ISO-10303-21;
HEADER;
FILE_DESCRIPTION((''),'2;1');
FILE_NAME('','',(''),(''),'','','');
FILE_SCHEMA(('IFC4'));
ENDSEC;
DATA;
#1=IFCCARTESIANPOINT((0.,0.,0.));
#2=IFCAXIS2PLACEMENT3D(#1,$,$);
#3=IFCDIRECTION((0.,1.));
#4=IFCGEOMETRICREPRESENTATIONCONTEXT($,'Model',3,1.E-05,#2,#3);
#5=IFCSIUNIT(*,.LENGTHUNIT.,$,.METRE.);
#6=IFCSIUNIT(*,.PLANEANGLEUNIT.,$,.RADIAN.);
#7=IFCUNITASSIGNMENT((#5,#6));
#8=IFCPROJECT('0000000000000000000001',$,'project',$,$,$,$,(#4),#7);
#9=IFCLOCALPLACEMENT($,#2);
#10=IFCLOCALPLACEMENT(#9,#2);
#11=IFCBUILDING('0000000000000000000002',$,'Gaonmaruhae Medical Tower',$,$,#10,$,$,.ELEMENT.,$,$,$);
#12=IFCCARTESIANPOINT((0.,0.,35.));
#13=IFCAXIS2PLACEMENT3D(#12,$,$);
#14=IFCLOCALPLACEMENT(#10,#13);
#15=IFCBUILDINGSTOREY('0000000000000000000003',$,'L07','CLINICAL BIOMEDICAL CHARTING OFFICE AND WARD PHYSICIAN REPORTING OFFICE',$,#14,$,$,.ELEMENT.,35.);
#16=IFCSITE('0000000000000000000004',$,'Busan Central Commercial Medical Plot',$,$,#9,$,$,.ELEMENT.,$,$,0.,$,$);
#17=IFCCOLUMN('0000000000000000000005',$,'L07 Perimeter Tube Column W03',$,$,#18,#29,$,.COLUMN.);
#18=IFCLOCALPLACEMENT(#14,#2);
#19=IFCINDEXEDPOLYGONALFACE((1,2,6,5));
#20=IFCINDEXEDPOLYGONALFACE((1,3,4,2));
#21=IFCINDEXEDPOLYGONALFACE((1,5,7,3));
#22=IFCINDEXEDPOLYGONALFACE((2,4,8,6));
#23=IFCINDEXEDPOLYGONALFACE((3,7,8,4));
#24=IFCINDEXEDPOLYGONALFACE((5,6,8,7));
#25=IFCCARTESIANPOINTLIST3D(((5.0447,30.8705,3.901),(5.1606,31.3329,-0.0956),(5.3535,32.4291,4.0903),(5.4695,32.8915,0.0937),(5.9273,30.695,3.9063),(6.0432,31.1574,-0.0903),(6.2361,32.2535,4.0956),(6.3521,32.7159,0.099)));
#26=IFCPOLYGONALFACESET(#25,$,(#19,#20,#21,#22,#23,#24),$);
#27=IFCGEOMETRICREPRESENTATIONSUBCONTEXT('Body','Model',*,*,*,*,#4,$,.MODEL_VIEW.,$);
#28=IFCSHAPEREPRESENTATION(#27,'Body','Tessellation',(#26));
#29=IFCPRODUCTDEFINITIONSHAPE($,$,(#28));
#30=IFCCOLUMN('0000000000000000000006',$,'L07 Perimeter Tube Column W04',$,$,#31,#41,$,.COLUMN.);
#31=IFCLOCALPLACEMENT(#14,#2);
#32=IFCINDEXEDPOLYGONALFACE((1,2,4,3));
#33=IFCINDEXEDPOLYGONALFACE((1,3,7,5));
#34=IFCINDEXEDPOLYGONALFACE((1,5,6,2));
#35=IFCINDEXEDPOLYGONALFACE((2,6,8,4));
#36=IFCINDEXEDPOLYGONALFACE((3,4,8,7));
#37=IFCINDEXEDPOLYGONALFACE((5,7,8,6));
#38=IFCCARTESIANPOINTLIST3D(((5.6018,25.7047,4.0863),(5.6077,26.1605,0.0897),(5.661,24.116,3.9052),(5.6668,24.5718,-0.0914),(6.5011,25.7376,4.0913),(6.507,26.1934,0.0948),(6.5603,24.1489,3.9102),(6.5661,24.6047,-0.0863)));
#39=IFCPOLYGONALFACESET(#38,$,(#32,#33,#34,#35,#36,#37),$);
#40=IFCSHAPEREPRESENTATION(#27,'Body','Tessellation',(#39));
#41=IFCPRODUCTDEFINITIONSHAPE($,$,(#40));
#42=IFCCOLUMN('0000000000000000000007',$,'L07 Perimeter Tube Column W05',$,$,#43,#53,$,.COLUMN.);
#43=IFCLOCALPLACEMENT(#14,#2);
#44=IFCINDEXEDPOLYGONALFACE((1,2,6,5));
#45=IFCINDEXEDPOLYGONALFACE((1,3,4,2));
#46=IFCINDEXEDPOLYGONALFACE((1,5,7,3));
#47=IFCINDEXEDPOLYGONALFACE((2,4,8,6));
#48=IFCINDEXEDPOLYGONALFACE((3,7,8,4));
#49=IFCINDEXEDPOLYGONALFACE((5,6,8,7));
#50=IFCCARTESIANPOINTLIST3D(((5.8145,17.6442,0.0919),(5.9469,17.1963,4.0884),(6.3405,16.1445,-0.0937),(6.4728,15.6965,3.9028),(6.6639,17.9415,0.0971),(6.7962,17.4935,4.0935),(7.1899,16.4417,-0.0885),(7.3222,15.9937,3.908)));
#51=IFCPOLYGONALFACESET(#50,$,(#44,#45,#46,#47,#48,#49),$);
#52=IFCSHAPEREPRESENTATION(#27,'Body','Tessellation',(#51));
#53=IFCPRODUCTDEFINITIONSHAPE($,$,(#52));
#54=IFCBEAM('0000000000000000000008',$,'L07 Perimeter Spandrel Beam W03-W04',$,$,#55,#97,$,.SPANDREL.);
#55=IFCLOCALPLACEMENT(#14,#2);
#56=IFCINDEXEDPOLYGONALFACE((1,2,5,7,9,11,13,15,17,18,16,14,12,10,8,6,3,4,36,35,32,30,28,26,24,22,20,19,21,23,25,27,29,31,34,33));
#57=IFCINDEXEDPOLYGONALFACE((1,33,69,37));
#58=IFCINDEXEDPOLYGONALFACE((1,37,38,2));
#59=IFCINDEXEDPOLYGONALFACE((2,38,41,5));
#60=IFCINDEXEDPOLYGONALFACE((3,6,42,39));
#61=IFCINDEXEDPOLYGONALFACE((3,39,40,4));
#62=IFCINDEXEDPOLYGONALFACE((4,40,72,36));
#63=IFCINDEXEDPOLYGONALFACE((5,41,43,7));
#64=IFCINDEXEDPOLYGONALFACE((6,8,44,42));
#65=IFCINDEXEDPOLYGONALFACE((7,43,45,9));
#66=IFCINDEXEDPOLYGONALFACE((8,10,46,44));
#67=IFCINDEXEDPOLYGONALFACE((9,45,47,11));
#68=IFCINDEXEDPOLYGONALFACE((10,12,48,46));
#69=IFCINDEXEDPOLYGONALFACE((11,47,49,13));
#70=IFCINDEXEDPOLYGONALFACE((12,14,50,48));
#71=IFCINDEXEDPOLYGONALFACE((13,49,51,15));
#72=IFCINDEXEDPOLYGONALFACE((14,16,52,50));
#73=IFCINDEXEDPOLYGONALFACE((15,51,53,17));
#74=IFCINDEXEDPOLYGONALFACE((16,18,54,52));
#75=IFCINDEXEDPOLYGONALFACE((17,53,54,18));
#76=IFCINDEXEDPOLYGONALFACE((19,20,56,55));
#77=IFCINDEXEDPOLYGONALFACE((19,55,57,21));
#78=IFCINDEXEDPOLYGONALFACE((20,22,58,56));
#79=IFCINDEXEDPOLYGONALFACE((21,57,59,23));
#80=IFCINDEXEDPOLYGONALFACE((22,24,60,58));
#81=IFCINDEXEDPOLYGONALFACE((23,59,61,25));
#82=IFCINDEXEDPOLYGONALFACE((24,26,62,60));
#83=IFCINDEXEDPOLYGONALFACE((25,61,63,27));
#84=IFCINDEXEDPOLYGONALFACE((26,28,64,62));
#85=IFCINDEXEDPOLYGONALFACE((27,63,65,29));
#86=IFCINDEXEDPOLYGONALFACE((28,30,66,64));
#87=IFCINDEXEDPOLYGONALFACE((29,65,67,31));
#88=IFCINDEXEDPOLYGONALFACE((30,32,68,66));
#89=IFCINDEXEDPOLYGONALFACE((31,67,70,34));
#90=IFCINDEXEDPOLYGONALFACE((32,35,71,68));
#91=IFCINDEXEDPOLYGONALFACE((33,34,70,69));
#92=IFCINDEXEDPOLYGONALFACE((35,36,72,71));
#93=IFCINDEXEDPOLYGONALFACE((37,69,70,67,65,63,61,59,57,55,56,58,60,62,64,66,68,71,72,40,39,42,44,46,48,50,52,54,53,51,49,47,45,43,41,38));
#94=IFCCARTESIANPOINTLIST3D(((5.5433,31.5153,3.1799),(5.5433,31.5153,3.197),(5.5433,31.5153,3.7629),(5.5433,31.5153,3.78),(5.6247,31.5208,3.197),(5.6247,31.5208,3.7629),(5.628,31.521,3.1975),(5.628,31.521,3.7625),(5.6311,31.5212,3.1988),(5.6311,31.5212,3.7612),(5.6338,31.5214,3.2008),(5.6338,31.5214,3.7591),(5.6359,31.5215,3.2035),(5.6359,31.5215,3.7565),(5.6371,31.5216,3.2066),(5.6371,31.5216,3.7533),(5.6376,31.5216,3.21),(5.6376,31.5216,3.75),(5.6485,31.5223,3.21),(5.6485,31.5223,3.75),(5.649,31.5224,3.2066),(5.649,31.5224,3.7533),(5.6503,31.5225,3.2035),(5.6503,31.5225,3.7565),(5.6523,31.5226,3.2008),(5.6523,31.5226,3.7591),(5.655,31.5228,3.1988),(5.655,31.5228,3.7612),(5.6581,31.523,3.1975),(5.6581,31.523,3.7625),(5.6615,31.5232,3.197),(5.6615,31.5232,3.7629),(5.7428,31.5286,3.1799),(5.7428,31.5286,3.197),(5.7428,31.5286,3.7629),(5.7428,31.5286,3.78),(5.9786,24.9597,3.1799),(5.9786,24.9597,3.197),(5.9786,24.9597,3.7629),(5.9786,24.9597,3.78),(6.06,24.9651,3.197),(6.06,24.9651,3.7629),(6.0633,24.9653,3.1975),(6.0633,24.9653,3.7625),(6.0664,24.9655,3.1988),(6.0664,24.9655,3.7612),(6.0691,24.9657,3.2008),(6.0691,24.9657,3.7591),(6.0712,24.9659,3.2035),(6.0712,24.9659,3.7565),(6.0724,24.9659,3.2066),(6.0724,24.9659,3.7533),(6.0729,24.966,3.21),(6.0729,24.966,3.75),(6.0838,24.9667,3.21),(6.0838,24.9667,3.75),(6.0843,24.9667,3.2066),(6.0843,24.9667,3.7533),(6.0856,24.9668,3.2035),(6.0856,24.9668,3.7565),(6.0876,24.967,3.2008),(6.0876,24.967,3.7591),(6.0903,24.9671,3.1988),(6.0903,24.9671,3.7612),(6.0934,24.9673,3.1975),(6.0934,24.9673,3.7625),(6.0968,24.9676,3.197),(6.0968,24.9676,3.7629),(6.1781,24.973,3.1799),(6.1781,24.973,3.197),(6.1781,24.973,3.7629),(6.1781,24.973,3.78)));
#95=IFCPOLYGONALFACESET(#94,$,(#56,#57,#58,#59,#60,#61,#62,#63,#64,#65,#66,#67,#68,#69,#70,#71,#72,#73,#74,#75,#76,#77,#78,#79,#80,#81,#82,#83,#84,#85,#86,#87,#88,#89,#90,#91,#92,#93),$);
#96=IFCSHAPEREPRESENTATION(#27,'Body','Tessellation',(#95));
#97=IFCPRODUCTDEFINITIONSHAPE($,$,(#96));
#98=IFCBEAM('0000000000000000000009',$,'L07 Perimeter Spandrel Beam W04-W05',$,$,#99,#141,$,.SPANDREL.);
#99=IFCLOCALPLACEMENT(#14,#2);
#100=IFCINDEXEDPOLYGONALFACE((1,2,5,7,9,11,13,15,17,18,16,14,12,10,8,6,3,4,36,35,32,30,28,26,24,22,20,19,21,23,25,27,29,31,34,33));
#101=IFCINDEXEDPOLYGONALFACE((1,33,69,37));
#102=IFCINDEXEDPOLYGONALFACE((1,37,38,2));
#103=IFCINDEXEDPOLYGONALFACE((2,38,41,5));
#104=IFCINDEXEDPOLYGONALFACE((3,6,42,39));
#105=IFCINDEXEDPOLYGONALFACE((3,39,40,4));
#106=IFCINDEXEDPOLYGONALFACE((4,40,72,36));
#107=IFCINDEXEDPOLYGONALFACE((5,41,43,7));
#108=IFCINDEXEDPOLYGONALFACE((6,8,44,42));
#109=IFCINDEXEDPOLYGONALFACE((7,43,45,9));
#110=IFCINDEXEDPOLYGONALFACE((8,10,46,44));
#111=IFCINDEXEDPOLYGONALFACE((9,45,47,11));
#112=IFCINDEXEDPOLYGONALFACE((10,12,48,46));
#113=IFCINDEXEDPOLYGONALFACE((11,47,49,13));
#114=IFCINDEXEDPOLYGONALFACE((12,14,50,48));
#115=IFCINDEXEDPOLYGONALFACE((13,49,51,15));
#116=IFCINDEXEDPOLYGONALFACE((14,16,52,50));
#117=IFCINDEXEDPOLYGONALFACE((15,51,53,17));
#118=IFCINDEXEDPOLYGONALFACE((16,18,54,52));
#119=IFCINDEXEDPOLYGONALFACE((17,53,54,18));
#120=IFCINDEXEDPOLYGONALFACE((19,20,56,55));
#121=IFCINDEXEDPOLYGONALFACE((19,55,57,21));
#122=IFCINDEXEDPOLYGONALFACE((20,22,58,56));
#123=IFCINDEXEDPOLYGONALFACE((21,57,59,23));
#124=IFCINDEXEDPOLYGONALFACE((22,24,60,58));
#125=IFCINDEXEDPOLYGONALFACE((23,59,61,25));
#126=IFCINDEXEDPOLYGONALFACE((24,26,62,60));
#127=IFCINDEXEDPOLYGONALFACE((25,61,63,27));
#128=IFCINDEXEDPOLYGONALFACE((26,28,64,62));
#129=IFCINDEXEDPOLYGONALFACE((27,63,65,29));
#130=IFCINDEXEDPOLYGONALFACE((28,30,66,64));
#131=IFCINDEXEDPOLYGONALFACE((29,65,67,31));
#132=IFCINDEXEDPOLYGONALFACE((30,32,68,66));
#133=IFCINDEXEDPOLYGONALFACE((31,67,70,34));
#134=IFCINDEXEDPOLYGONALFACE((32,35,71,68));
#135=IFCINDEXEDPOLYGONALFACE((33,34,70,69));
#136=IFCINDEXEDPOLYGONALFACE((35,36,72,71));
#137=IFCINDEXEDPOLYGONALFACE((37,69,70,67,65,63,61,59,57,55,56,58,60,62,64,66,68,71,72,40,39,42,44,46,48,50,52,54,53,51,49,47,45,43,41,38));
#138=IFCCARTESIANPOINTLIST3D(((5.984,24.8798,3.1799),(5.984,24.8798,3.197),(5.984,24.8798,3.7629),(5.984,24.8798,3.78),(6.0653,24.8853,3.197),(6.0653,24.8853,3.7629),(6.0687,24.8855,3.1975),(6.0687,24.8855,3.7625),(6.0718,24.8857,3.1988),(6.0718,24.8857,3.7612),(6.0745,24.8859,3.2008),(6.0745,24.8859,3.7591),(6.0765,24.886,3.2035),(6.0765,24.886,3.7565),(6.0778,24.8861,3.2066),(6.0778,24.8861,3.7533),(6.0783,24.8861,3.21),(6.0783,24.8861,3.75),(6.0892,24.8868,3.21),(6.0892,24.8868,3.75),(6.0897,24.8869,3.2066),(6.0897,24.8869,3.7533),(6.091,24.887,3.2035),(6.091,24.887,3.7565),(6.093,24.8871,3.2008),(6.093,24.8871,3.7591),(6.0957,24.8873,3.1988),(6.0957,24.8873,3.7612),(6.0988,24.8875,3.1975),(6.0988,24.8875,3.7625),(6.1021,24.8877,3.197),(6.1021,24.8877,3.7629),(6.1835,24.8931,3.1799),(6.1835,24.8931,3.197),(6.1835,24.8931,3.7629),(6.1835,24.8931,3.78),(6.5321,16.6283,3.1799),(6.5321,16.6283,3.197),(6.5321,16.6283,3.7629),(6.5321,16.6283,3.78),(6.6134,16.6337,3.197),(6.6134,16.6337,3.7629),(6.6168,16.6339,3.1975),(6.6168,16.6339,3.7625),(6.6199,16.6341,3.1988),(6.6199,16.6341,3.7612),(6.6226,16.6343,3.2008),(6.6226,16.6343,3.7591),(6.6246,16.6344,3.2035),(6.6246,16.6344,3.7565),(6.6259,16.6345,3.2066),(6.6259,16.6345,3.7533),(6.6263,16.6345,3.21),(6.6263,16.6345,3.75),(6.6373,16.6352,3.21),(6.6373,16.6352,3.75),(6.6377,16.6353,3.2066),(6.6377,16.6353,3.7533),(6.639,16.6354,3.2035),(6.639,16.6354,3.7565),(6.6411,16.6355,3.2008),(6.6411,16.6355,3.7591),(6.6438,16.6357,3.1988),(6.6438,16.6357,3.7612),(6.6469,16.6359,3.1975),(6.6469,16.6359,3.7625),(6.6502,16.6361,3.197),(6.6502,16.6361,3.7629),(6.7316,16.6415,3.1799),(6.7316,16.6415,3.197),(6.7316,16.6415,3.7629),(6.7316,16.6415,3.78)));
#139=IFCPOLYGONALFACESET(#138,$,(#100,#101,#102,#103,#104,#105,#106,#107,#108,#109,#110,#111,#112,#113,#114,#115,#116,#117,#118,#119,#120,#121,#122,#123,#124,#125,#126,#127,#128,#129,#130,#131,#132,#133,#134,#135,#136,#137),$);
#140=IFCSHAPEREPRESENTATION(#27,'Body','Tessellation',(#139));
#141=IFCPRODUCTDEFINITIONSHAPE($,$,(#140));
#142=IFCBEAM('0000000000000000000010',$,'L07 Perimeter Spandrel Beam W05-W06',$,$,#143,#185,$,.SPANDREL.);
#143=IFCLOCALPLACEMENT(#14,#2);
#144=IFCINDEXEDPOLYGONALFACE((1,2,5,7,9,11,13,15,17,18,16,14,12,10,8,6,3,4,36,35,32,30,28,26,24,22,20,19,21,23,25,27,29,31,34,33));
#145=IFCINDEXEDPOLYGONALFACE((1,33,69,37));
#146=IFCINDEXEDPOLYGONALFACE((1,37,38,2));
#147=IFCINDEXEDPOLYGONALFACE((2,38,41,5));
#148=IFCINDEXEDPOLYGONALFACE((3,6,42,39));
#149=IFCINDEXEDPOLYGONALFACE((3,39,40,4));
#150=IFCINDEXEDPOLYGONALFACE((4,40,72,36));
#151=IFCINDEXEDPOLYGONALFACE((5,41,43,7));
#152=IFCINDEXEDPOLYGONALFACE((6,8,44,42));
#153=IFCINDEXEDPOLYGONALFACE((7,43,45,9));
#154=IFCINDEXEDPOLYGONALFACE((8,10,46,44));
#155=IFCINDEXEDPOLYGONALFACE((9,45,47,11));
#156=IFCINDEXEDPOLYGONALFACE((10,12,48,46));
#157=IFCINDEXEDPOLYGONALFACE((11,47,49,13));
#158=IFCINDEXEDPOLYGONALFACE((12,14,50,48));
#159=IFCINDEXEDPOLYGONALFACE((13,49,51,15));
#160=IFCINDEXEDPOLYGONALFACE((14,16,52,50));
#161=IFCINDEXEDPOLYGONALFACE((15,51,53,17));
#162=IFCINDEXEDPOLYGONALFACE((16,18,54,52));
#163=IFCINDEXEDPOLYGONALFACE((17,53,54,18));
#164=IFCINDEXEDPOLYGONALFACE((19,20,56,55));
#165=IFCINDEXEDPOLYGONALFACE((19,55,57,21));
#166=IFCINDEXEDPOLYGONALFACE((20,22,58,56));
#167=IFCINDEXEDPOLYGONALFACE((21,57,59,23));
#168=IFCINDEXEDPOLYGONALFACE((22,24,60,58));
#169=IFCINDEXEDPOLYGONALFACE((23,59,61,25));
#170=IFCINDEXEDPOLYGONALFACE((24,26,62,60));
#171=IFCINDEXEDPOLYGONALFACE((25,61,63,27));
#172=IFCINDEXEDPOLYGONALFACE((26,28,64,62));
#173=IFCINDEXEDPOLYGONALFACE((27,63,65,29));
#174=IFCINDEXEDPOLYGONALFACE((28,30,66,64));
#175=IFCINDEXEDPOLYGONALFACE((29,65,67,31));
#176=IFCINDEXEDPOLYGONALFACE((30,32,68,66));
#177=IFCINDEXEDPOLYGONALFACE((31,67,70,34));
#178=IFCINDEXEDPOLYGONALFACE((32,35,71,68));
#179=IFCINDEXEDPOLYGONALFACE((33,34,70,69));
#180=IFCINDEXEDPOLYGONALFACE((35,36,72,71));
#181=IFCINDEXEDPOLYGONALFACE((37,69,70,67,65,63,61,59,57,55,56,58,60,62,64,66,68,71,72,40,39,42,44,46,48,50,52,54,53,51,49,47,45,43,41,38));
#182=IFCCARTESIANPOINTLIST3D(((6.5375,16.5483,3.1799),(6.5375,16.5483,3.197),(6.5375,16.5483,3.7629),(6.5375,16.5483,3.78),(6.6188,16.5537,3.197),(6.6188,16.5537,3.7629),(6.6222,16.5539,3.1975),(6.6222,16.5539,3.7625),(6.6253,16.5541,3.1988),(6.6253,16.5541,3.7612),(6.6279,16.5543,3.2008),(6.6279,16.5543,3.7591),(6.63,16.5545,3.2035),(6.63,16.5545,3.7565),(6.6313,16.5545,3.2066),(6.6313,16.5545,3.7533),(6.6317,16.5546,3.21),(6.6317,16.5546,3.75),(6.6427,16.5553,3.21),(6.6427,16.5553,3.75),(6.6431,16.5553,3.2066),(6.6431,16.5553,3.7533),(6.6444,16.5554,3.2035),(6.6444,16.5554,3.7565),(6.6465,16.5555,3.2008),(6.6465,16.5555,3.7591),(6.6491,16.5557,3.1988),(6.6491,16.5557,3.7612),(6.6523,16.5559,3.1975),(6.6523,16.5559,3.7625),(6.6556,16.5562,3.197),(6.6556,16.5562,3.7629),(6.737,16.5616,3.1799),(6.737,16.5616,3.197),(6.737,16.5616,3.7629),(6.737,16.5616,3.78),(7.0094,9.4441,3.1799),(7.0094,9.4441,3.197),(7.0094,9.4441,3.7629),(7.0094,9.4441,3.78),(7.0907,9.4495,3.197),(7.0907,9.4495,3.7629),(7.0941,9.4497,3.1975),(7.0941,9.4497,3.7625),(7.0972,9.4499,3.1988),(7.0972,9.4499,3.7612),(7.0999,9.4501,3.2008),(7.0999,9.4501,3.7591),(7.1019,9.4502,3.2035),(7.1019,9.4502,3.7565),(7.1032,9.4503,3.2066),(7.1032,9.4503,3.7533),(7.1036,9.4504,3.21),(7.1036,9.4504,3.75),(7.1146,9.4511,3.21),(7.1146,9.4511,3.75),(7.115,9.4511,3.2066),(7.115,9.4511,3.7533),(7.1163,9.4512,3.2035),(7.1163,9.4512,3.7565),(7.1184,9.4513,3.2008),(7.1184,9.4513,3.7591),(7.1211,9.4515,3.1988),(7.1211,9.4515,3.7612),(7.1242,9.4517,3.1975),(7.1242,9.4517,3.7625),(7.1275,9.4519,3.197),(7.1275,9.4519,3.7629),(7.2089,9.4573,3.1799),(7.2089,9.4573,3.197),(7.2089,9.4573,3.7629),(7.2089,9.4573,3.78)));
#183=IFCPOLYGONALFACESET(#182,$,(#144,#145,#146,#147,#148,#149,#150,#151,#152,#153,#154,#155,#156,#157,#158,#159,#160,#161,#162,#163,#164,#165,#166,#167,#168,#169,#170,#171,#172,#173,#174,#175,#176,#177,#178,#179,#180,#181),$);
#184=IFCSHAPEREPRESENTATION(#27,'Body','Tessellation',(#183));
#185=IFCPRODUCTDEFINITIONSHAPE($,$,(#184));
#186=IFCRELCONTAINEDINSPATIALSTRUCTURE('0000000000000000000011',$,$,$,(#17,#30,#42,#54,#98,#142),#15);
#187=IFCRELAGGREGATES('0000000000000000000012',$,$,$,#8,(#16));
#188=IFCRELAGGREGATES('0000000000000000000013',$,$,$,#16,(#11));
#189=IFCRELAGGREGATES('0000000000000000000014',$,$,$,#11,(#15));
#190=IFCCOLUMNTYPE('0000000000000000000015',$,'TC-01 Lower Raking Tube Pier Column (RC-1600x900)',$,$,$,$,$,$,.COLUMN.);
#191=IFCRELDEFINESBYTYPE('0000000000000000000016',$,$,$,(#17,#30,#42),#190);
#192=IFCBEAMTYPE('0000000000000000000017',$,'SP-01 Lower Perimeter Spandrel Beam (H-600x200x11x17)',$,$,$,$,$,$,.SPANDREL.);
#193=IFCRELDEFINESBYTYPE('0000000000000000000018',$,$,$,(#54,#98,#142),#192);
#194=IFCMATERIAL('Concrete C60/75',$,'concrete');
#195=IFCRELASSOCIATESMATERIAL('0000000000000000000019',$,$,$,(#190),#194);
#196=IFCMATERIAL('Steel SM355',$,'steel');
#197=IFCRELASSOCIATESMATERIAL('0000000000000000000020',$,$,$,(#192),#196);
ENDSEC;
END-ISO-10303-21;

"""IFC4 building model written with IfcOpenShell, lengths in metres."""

from ifc_helpers import new_model, si_unit, direction, frame, origin, origin_2d, place, context, subcontext, project, spatial, rectangle, i_section, extrude, material, material_profile, profile_set, type_object, element, save


model = new_model("IFC4")

# Units and contexts
model_context = context("Model", 3, precision=1e-05, world=origin(), true_north=direction((0.0, 1.0)))
body_context = subcontext(model_context, "Body", "Model", "MODEL_VIEW")
ifc_project = project(units=[si_unit("LENGTHUNIT", "METRE"), si_unit("PLANEANGLEUNIT", "RADIAN")], contexts=[model_context])

# Site, building, storey
site_placement = place(None, origin())
site = spatial("IfcSite", under=ifc_project, at=site_placement, Name="Busan Central Commercial Medical Plot", CompositionType="ELEMENT", RefElevation=0.0)
building_placement = place(site_placement, origin())
building = spatial("IfcBuilding", under=site, at=building_placement, Name="Gaonmaruhae Medical Tower", CompositionType="ELEMENT")
storey_placement = place(building_placement, frame((0.0, 0.0, 35.0)))
storey = spatial("IfcBuildingStorey", under=building, at=storey_placement, Name="L07", Description="CLINICAL BIOMEDICAL CHARTING OFFICE AND WARD PHYSICIAN REPORTING OFFICE", CompositionType="ELEMENT", Elevation=35.0)

# Columns
ifc_material_1 = material(Name="Concrete C60/75", Category="concrete")
ifc_material_profile_1 = material_profile(ifc_material_1, rectangle(XDim=1.6001, YDim=0.8999, at=origin_2d()), Name="RC-1600x900")
ifc_profile_set_1 = profile_set([ifc_material_profile_1], Name="Concrete C60/75")
column_type = type_object("IfcColumnType", Name="TC-01 Lower Raking Tube Pier Column (RC-1600x900)", PredefinedType="COLUMN", material=ifc_profile_set_1)
column_1_placement = place(storey_placement, frame((5.7563, 32.0244, 0.0017), z_axis=(-0.028812, -0.114885, 0.992961), x_axis=(0.19302, 0.974038, 0.118296)))
element("IfcColumn", 1, at=column_1_placement, inside=storey, type_object=column_type, Name="L07 Perimeter Tube Column W03", PredefinedType="COLUMN", context=body_context, shape_type="SweptSolid", body=[
    extrude(rectangle(XDim=1.6001, YDim=0.8999, at=origin_2d()), origin(), (0.0, 0.0, 1.0), 4.0249),
])
column_2_placement = place(storey_placement, frame((6.0869, 25.3826, 0.0017), z_axis=(-0.001457, -0.113315, 0.993558), x_axis=(-0.036962, 0.992886, 0.113185)))
element("IfcColumn", 2, at=column_2_placement, inside=storey, type_object=column_type, Name="L07 Perimeter Tube Column W04", PredefinedType="COLUMN", context=body_context, shape_type="SweptSolid", body=[
    extrude(rectangle(XDim=1.6001, YDim=0.8999, at=origin_2d()), origin(), (0.0, 0.0, 1.0), 4.0225),
])
column_3_placement = place(storey_placement, frame((6.5022, 17.043, 0.0017), z_axis=(0.032885, -0.111337, 0.993238), x_axis=(-0.328691, 0.937293, 0.115949)))
element("IfcColumn", 3, at=column_3_placement, inside=storey, type_object=column_type, Name="L07 Perimeter Tube Column W05", PredefinedType="COLUMN", context=body_context, shape_type="SweptSolid", body=[
    extrude(rectangle(XDim=1.6001, YDim=0.8999, at=origin_2d()), origin(), (0.0, 0.0, 1.0), 4.0237),
])

# Beams
ifc_material_2 = material(Name="Steel SM355", Category="steel")
ifc_material_profile_2 = material_profile(ifc_material_2, i_section(OverallWidth=0.2, OverallDepth=0.6001, WebThickness=0.011, FlangeThickness=0.0171, FilletRadius=0.0129, at=origin_2d()), Name="H-600x200x11x17")
ifc_profile_set_2 = profile_set([ifc_material_profile_2], Name="Steel SM355")
beam_type = type_object("IfcBeamType", Name="SP-01 Lower Perimeter Spandrel Beam (H-600x200x11x17)", PredefinedType="SPANDREL", material=ifc_profile_set_2)
beam_1_placement = place(storey_placement, frame((5.6431, 31.522, 3.48), z_axis=(0.066255, -0.997803, 0.0), x_axis=(0.997803, 0.066255, 0.0)))
element("IfcBeam", 4, at=beam_1_placement, inside=storey, type_object=beam_type, Name="L07 Perimeter Spandrel Beam W03-W04", PredefinedType="SPANDREL", context=body_context, shape_type="SweptSolid", body=[
    extrude(i_section(OverallWidth=0.2, OverallDepth=0.6001, WebThickness=0.011, FlangeThickness=0.0171, FilletRadius=0.0129, at=origin_2d()), origin(), (0.0, 0.0, 1.0), 6.5701),
])
beam_2_placement = place(storey_placement, frame((6.0837, 24.8865, 3.48), z_axis=(0.066276, -0.997801, 0.0), x_axis=(0.997801, 0.066276, 0.0)))
element("IfcBeam", 5, at=beam_2_placement, inside=storey, type_object=beam_type, Name="L07 Perimeter Spandrel Beam W04-W05", PredefinedType="SPANDREL", context=body_context, shape_type="SweptSolid", body=[
    extrude(i_section(OverallWidth=0.2, OverallDepth=0.6001, WebThickness=0.011, FlangeThickness=0.0171, FilletRadius=0.0129, at=origin_2d()), origin(), (0.0, 0.0, 1.0), 8.2698),
])
beam_3_placement = place(storey_placement, frame((6.6372, 16.5549, 3.48), z_axis=(0.066282, -0.997801, 0.0), x_axis=(0.997801, 0.066282, 0.0)))
element("IfcBeam", 6, at=beam_3_placement, inside=storey, type_object=beam_type, Name="L07 Perimeter Spandrel Beam W05-W06", PredefinedType="SPANDREL", context=body_context, shape_type="SweptSolid", body=[
    extrude(i_section(OverallWidth=0.2, OverallDepth=0.6001, WebThickness=0.011, FlangeThickness=0.0171, FilletRadius=0.0129, at=origin_2d()), origin(), (0.0, 0.0, 1.0), 7.1199),
])

save(model, "model.ifc")
